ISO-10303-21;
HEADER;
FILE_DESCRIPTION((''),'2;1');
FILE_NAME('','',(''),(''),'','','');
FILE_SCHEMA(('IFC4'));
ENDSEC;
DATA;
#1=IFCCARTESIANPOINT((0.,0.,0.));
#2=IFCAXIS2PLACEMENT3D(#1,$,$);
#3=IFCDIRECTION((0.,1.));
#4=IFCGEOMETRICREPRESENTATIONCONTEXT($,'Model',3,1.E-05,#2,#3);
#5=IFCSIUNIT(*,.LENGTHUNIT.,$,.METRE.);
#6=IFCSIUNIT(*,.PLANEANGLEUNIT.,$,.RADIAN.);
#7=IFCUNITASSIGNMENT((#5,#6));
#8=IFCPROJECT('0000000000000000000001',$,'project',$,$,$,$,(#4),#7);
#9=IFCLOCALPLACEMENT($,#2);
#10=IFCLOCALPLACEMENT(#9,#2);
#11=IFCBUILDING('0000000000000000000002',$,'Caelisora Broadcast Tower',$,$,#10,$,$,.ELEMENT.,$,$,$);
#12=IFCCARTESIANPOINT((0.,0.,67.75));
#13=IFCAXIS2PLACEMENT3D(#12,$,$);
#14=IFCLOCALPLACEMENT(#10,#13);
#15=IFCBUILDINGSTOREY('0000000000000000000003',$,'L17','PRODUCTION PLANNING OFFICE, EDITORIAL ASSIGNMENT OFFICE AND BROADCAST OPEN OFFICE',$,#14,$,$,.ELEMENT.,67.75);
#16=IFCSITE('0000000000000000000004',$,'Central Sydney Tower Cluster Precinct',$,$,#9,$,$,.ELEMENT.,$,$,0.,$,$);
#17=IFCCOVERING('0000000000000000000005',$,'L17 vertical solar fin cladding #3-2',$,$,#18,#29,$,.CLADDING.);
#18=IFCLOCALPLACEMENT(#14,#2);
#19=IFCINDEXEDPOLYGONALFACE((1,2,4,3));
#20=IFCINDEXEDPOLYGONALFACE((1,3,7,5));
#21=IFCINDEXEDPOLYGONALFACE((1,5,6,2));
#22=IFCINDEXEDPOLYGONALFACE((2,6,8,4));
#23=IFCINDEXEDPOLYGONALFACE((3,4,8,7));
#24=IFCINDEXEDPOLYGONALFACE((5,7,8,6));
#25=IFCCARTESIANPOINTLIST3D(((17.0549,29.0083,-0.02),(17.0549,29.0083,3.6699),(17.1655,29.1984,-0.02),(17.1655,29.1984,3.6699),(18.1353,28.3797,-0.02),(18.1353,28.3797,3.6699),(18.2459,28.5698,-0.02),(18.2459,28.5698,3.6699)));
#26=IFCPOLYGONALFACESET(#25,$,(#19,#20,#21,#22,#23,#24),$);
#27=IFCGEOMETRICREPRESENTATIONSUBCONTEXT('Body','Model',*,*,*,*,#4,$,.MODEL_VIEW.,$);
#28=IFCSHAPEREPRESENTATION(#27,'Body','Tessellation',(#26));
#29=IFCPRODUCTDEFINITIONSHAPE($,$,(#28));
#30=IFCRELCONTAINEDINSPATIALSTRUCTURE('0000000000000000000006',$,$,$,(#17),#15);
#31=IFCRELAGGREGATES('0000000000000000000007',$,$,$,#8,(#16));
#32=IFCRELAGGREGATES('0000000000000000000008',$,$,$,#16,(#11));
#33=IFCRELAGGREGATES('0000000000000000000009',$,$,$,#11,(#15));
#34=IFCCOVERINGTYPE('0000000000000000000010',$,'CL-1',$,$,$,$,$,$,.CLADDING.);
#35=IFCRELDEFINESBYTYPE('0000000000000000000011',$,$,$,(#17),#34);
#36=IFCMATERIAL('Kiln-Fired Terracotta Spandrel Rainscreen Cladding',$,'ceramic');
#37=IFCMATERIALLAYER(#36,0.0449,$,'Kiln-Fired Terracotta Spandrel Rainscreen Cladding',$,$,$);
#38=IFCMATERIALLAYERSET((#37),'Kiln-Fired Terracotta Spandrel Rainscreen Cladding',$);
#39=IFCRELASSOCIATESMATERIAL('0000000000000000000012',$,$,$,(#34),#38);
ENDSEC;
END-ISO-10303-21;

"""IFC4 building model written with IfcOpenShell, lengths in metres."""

from ifc_helpers import new_model, si_unit, direction, frame, origin, origin_2d, place, context, subcontext, project, spatial, rectangle, extrude, source, transform, mapped, material, layer, layer_set, type_object, type_shapes, element, save


model = new_model("IFC4")

# Units and contexts
model_context = context("Model", 3, precision=1e-05, world=origin(), true_north=direction((0.0, 1.0)))
body_context = subcontext(model_context, "Body", "Model", "MODEL_VIEW")
ifc_project = project(units=[si_unit("LENGTHUNIT", "METRE"), si_unit("PLANEANGLEUNIT", "RADIAN")], contexts=[model_context])

# Site, building, storey
site_placement = place(None, origin())
site = spatial("IfcSite", under=ifc_project, at=site_placement, Name="Central Sydney Tower Cluster Precinct", CompositionType="ELEMENT", RefElevation=0.0)
building_placement = place(site_placement, origin())
building = spatial("IfcBuilding", under=site, at=building_placement, Name="Caelisora Broadcast Tower", CompositionType="ELEMENT")
storey_placement = place(building_placement, frame((0.0, 0.0, 67.75)))
storey = spatial("IfcBuildingStorey", under=building, at=storey_placement, Name="L17", Description="PRODUCTION PLANNING OFFICE, EDITORIAL ASSIGNMENT OFFICE AND BROADCAST OPEN OFFICE", CompositionType="ELEMENT", Elevation=67.75)

# Covering
ifc_material_1 = material(Name="Kiln-Fired Terracotta Spandrel Rainscreen Cladding", Category="ceramic")
ifc_layer_1 = layer(ifc_material_1, 0.0449, Name="Kiln-Fired Terracotta Spandrel Rainscreen Cladding")
ifc_layer_set_1 = layer_set([ifc_layer_1], Name="Kiln-Fired Terracotta Spandrel Rainscreen Cladding")
covering_type = type_object("IfcCoveringType", Name="CL-1", PredefinedType="CLADDING", material=ifc_layer_set_1)
shared_shape_1 = source(origin(), body_context, "Body", "SweptSolid", [
    extrude(rectangle(XDim=0.22, YDim=1.25, at=origin_2d()), origin(), (0.0, 0.0, 1.0), 3.6899),
])
type_shapes(covering_type, [shared_shape_1])
for number, where, z_axis, x_axis, name in (
    (1, (17.6504, 28.7891, -0.02), (0.0, 0.0, 1.0), (0.502869, 0.864363, 0.0), "L17 vertical solar fin cladding #3-2"),
):
    element("IfcCovering", number, at=place(storey_placement, frame(where, z_axis=z_axis, x_axis=x_axis)), inside=storey, type_object=covering_type, Name=name, PredefinedType="CLADDING", context=body_context, shape_type="MappedRepresentation", body=[
        mapped(shared_shape_1, transform((0.0, 0.0, 0.0), scale=1.0)),
    ])

save(model, "model.ifc")
